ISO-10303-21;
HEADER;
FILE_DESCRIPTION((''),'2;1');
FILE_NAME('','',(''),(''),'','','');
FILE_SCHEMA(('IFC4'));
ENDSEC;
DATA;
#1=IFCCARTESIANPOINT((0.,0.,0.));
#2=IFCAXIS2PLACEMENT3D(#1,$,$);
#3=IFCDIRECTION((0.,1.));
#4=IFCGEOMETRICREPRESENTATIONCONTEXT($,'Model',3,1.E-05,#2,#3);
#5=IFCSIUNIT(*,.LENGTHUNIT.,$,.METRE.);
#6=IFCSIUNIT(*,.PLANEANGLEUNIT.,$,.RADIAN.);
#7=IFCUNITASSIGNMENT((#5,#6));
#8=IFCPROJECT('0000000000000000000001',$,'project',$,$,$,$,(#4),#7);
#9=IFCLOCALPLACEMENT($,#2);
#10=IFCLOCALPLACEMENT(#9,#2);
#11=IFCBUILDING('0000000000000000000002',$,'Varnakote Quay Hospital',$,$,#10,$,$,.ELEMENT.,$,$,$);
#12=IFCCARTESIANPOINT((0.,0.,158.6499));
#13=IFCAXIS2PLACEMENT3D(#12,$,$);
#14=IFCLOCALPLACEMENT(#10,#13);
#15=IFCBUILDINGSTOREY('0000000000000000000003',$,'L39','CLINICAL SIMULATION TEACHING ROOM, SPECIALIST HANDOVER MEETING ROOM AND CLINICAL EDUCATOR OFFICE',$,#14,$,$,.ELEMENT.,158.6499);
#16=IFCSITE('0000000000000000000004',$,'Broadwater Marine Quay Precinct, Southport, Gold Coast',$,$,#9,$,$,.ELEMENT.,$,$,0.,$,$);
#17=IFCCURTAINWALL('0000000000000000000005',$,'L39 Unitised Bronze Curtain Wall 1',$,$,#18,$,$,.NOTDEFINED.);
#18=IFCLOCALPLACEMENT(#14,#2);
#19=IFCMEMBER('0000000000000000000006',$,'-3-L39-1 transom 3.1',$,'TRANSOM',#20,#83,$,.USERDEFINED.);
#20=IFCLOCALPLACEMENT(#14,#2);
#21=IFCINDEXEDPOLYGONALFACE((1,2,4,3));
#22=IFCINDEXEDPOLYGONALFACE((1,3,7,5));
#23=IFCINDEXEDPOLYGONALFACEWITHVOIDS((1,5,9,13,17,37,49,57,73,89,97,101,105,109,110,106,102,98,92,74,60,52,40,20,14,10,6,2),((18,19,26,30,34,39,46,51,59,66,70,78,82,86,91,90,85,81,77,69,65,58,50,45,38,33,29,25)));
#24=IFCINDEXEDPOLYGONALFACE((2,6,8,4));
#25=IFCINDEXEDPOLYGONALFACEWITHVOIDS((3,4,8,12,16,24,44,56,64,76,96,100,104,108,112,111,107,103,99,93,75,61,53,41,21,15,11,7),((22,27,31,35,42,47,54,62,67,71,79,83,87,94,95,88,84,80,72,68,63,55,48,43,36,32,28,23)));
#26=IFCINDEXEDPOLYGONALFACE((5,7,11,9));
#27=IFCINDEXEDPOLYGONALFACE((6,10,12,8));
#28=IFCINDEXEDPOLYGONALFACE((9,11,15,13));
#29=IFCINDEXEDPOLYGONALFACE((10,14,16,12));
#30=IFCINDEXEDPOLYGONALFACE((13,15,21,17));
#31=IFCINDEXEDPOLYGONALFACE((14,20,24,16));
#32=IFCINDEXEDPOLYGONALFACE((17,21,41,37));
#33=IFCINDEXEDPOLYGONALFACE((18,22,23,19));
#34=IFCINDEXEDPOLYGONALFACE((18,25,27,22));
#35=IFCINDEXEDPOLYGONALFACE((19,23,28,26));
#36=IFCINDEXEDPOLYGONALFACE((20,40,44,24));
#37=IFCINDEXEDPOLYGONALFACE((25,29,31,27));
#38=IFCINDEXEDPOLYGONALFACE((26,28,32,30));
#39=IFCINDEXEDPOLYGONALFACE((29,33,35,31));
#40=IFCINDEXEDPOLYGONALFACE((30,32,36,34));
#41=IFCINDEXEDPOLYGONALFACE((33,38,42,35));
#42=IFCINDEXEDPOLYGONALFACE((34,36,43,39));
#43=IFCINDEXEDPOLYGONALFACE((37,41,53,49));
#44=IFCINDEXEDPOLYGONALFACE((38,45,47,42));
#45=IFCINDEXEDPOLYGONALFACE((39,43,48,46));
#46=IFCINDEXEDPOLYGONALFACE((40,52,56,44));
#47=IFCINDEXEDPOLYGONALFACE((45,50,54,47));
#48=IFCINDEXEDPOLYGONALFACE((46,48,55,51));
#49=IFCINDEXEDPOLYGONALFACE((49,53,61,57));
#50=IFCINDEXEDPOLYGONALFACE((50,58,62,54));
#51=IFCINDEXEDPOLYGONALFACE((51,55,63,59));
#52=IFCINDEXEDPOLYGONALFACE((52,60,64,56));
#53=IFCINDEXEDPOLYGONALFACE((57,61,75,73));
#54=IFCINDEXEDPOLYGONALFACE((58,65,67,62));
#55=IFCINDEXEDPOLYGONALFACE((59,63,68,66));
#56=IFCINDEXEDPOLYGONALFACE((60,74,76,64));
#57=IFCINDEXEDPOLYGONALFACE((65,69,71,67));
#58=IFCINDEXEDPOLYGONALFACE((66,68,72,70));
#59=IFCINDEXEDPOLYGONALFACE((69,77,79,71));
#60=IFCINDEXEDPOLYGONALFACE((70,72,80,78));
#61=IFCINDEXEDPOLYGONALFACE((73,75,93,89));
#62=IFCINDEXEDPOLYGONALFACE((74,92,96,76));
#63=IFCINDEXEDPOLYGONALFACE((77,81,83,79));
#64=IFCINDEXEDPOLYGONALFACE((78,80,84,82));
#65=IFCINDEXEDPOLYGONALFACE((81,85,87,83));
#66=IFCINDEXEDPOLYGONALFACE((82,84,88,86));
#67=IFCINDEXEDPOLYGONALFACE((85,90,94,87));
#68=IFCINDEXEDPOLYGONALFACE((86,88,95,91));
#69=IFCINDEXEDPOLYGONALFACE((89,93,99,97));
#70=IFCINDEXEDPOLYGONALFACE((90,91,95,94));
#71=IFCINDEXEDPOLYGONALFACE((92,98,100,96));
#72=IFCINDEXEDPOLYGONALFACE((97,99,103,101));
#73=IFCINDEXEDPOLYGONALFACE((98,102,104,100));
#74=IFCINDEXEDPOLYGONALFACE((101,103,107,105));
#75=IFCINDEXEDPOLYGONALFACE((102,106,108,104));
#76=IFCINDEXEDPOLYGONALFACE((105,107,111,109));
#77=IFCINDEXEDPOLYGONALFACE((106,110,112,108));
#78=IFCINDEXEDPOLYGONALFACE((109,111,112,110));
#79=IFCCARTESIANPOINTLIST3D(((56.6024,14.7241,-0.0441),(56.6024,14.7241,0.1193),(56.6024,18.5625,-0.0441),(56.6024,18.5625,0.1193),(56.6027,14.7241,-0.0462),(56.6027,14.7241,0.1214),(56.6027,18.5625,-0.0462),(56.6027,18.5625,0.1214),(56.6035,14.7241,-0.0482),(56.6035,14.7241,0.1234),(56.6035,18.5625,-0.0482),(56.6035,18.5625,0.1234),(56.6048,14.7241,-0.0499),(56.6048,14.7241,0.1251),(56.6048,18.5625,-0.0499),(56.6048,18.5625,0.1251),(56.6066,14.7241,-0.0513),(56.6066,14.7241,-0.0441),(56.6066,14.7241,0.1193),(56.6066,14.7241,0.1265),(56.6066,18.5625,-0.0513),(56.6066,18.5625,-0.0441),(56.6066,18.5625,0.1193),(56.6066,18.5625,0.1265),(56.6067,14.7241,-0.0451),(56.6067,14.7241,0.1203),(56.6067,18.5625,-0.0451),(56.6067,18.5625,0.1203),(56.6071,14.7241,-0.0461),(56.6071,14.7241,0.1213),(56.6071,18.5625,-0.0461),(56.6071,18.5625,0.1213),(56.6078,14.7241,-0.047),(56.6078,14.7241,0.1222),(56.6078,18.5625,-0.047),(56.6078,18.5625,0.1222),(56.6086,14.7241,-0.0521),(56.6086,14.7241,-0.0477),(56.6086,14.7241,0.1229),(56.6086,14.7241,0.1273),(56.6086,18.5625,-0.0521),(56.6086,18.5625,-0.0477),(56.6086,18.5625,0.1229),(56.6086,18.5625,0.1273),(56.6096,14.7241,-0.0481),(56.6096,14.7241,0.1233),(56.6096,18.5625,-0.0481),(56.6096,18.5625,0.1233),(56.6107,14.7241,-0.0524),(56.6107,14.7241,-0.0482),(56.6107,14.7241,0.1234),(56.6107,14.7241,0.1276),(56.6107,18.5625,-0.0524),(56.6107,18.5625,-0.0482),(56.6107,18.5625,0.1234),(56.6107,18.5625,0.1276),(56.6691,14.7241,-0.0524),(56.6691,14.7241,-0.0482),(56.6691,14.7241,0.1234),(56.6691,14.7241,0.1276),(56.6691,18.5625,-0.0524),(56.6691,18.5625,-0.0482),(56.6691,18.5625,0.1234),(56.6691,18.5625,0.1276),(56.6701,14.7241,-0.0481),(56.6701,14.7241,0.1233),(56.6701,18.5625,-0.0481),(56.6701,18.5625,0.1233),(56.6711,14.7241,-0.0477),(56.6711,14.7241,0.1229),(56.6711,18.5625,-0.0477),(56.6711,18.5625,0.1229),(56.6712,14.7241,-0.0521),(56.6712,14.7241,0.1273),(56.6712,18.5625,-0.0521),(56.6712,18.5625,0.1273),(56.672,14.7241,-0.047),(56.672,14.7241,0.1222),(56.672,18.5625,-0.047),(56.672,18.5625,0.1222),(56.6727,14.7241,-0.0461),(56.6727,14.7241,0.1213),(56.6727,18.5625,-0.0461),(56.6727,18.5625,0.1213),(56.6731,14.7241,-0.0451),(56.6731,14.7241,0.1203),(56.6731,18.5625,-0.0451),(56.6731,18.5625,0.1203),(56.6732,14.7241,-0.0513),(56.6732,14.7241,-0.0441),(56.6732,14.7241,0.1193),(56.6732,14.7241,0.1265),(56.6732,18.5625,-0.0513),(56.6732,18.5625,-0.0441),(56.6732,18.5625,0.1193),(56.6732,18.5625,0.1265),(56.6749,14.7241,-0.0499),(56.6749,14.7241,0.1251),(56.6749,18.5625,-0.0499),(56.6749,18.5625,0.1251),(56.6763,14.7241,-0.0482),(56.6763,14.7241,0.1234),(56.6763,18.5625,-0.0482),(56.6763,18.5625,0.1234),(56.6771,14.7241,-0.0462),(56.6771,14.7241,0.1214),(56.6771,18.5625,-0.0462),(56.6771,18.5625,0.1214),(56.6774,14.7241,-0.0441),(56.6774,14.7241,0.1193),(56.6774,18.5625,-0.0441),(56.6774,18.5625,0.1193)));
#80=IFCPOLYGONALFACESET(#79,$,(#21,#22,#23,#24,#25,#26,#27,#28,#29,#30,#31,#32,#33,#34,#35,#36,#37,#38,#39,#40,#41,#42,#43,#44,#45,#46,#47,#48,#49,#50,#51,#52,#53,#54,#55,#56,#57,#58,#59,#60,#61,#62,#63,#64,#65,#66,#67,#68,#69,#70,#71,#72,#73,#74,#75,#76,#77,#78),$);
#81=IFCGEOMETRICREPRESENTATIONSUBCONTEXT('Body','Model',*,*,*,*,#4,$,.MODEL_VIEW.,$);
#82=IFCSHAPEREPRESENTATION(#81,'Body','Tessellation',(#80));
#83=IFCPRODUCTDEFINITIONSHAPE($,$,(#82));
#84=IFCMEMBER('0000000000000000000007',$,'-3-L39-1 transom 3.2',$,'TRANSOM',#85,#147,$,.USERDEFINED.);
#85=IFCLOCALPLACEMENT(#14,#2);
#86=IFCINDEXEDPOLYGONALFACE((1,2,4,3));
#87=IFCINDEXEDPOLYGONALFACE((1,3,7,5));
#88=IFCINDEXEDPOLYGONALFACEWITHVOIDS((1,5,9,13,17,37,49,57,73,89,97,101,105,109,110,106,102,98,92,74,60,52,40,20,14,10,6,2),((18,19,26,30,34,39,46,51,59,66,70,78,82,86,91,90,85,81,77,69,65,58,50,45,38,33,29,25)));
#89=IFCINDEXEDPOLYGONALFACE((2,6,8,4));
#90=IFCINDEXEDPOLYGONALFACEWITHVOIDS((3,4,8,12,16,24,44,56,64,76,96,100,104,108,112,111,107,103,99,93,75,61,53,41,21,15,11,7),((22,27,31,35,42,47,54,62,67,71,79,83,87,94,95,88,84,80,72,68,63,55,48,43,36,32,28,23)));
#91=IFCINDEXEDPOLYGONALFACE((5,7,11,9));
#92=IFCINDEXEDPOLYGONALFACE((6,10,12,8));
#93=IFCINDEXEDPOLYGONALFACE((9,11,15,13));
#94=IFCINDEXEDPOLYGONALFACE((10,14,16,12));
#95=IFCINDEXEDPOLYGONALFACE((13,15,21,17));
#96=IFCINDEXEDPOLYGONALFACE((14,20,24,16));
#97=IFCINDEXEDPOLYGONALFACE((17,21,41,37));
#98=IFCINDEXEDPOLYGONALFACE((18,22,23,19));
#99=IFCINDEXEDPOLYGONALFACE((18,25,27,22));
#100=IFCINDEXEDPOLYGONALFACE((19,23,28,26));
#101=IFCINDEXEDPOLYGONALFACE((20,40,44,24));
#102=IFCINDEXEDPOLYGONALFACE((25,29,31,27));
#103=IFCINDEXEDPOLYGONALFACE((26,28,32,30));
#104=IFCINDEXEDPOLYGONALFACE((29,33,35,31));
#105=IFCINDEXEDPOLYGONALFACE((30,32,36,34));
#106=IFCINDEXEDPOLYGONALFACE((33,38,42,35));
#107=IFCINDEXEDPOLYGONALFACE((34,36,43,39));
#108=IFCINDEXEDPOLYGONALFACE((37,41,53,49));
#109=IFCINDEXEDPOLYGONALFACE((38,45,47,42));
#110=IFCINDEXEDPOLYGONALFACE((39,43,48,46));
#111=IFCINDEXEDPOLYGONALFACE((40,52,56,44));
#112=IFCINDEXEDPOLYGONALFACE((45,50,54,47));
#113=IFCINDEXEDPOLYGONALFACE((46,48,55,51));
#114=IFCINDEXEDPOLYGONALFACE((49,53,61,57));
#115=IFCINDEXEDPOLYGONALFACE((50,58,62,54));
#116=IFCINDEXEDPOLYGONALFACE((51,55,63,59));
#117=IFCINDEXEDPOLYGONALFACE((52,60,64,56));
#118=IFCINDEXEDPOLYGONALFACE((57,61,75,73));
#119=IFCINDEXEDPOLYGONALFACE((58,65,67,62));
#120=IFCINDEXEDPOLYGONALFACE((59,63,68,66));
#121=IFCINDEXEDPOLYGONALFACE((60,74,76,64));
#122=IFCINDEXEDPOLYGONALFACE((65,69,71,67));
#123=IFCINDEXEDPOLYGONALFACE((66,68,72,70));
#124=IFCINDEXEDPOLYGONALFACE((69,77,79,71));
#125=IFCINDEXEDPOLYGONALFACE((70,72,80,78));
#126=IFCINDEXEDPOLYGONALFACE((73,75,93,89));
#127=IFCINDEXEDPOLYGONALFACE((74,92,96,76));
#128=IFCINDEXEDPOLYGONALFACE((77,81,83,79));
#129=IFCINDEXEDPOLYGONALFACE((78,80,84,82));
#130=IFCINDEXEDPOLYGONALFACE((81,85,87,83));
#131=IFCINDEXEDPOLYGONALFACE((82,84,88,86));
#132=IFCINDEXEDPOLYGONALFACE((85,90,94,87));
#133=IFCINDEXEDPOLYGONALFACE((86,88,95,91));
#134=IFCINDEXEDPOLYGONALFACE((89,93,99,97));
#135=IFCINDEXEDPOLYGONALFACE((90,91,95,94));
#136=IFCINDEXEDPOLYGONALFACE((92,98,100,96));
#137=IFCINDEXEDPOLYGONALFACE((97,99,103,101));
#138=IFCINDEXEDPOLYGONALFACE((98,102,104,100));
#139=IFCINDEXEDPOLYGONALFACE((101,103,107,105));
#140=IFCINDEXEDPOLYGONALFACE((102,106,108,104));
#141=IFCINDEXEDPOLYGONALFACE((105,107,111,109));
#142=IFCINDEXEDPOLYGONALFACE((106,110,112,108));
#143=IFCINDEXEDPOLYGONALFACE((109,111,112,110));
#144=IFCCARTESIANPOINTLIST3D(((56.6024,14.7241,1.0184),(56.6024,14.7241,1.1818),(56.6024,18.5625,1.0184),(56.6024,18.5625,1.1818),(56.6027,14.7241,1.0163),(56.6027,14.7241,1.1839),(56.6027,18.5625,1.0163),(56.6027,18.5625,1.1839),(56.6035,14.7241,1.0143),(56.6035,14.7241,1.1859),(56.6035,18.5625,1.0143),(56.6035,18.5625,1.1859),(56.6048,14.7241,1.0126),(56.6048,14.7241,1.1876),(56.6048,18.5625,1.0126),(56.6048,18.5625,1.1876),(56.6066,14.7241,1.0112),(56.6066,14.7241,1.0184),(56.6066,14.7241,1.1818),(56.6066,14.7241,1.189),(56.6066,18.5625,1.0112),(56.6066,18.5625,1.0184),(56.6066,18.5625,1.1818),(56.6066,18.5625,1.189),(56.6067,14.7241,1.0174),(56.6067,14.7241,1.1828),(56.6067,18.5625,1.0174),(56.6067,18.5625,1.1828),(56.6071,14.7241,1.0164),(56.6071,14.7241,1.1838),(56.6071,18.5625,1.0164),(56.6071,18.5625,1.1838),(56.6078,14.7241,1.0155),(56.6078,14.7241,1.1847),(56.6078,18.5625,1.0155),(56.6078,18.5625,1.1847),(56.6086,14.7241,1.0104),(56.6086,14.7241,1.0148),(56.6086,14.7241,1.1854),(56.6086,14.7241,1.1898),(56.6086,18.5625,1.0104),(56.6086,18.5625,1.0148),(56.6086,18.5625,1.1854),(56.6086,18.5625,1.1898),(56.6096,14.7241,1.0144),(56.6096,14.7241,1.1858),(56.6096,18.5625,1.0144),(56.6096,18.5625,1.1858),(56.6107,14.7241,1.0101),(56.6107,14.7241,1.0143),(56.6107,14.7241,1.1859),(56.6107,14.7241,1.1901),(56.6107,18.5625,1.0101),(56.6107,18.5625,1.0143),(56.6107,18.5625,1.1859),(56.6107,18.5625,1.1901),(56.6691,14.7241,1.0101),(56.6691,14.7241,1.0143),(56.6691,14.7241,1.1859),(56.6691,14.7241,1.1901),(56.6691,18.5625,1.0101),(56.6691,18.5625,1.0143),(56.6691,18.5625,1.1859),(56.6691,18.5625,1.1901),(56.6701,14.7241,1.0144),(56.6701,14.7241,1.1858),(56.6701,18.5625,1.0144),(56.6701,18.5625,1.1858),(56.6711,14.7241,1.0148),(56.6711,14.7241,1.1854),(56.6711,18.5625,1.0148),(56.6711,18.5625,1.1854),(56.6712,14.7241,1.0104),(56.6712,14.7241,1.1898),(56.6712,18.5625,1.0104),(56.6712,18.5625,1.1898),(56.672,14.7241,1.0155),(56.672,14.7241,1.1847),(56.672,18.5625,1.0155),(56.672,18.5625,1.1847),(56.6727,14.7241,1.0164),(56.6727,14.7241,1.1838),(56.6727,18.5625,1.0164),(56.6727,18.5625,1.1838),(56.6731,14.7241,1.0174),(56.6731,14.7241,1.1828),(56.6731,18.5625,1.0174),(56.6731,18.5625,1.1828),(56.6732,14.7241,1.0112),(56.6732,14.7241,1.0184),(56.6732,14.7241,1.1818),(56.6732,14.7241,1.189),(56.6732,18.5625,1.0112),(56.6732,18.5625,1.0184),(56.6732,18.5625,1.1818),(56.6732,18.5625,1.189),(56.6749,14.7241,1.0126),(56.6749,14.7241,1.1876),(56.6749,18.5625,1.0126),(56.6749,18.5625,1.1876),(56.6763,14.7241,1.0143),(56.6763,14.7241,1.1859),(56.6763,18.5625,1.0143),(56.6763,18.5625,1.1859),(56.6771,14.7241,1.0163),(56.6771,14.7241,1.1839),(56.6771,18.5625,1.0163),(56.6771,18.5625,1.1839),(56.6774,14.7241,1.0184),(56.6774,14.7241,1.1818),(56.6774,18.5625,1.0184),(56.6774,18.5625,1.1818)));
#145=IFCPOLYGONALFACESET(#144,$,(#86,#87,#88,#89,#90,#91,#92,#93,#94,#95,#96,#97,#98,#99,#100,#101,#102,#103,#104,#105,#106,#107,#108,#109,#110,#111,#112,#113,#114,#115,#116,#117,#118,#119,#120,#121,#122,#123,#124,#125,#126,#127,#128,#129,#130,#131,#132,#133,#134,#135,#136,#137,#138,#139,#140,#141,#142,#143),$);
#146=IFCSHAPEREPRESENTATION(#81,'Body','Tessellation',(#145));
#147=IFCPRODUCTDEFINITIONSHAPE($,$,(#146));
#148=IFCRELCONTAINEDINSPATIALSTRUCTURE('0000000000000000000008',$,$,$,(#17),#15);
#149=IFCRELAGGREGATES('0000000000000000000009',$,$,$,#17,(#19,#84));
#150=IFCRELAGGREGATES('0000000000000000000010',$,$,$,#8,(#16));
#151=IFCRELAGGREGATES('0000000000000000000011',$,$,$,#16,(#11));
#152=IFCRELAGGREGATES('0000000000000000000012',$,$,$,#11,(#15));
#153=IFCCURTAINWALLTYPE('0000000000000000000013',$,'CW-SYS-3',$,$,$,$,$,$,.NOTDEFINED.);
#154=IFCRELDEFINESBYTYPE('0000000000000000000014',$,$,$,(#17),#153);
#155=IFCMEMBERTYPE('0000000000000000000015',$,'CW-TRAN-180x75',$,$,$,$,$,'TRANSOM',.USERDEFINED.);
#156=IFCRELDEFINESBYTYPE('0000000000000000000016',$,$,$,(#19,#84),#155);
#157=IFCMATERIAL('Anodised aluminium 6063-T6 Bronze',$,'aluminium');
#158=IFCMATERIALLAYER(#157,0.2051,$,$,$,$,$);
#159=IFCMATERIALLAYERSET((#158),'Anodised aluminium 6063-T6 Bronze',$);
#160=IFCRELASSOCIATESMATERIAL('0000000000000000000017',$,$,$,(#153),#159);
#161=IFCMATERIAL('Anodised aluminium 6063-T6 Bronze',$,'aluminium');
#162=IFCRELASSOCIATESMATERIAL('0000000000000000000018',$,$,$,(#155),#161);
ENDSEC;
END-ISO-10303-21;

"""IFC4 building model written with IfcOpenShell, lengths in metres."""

from ifc_helpers import new_model, si_unit, direction, frame, origin, origin_2d, place, context, subcontext, project, spatial, hollow_rectangle, extrude, material, layer, layer_set, material_profile, profile_set, type_object, element, aggregate, save


model = new_model("IFC4")

# Units and contexts
model_context = context("Model", 3, precision=1e-05, world=origin(), true_north=direction((0.0, 1.0)))
body_context = subcontext(model_context, "Body", "Model", "MODEL_VIEW")
ifc_project = project(units=[si_unit("LENGTHUNIT", "METRE"), si_unit("PLANEANGLEUNIT", "RADIAN")], contexts=[model_context])

# Site, building, storey
site_placement = place(None, origin())
site = spatial("IfcSite", under=ifc_project, at=site_placement, Name="Broadwater Marine Quay Precinct, Southport, Gold Coast", CompositionType="ELEMENT", RefElevation=0.0)
building_placement = place(site_placement, origin())
building = spatial("IfcBuilding", under=site, at=building_placement, Name="Varnakote Quay Hospital", CompositionType="ELEMENT")
storey_placement = place(building_placement, frame((0.0, 0.0, 158.6499)))
storey = spatial("IfcBuildingStorey", under=building, at=storey_placement, Name="L39", Description="CLINICAL SIMULATION TEACHING ROOM, SPECIALIST HANDOVER MEETING ROOM AND CLINICAL EDUCATOR OFFICE", CompositionType="ELEMENT", Elevation=158.6499)

# Curtain wall, members
ifc_material_1 = material(Name="Anodised aluminium 6063-T6 Bronze", Category="aluminium")
ifc_layer_1 = layer(ifc_material_1, 0.2051)
ifc_layer_set_1 = layer_set([ifc_layer_1], Name="Anodised aluminium 6063-T6 Bronze")
curtain_wall_type = type_object("IfcCurtainWallType", Name="CW-SYS-3", PredefinedType="NOTDEFINED", material=ifc_layer_set_1)
curtain_wall_placement = place(storey_placement, origin())
curtain_wall = element("IfcCurtainWall", 1, at=curtain_wall_placement, inside=storey, type_object=curtain_wall_type, Name="L39 Unitised Bronze Curtain Wall 1", PredefinedType="NOTDEFINED")
ifc_material_2 = material(Name="Anodised aluminium 6063-T6 Bronze", Category="aluminium")
ifc_material_profile_1 = material_profile(ifc_material_2, hollow_rectangle(XDim=0.075, YDim=0.1799, WallThickness=0.0042, InnerFilletRadius=0.0042, OuterFilletRadius=0.0083, at=origin_2d()), Name="CW-TRAN-180x75")
ifc_profile_set_1 = profile_set([ifc_material_profile_1], Name="Anodised aluminium 6063-T6 Bronze")
member_type_1 = type_object("IfcMemberType", Name="CW-TRAN-180x75", ElementType="TRANSOM", PredefinedType="USERDEFINED", material=ifc_profile_set_1)
member_1_placement = place(storey_placement, frame((56.6399, 14.7241, 0.0376), z_axis=(0.0, 1.0, 0.0), x_axis=(-1.0, 0.0, 0.0)))
member_1 = element("IfcMember", 2, at=member_1_placement, type_object=member_type_1, Name="-3-L39-1 transom 3.1", ObjectType="TRANSOM", PredefinedType="USERDEFINED", context=body_context, shape_type="SweptSolid", body=[
    extrude(hollow_rectangle(XDim=0.075, YDim=0.1799, WallThickness=0.0042, InnerFilletRadius=0.0042, OuterFilletRadius=0.0083, at=origin_2d()), origin(), (0.0, 0.0, 1.0), 3.8384),
])
member_2_placement = place(storey_placement, frame((56.6399, 14.7241, 1.1001), z_axis=(0.0, 1.0, 0.0), x_axis=(-1.0, 0.0, 0.0)))
member_2 = element("IfcMember", 3, at=member_2_placement, type_object=member_type_1, Name="-3-L39-1 transom 3.2", ObjectType="TRANSOM", PredefinedType="USERDEFINED", context=body_context, shape_type="SweptSolid", body=[
    extrude(hollow_rectangle(XDim=0.075, YDim=0.1799, WallThickness=0.0042, InnerFilletRadius=0.0042, OuterFilletRadius=0.0083, at=origin_2d()), origin(), (0.0, 0.0, 1.0), 3.8384),
])
aggregate(curtain_wall, [member_1, member_2])

save(model, "model.ifc")
